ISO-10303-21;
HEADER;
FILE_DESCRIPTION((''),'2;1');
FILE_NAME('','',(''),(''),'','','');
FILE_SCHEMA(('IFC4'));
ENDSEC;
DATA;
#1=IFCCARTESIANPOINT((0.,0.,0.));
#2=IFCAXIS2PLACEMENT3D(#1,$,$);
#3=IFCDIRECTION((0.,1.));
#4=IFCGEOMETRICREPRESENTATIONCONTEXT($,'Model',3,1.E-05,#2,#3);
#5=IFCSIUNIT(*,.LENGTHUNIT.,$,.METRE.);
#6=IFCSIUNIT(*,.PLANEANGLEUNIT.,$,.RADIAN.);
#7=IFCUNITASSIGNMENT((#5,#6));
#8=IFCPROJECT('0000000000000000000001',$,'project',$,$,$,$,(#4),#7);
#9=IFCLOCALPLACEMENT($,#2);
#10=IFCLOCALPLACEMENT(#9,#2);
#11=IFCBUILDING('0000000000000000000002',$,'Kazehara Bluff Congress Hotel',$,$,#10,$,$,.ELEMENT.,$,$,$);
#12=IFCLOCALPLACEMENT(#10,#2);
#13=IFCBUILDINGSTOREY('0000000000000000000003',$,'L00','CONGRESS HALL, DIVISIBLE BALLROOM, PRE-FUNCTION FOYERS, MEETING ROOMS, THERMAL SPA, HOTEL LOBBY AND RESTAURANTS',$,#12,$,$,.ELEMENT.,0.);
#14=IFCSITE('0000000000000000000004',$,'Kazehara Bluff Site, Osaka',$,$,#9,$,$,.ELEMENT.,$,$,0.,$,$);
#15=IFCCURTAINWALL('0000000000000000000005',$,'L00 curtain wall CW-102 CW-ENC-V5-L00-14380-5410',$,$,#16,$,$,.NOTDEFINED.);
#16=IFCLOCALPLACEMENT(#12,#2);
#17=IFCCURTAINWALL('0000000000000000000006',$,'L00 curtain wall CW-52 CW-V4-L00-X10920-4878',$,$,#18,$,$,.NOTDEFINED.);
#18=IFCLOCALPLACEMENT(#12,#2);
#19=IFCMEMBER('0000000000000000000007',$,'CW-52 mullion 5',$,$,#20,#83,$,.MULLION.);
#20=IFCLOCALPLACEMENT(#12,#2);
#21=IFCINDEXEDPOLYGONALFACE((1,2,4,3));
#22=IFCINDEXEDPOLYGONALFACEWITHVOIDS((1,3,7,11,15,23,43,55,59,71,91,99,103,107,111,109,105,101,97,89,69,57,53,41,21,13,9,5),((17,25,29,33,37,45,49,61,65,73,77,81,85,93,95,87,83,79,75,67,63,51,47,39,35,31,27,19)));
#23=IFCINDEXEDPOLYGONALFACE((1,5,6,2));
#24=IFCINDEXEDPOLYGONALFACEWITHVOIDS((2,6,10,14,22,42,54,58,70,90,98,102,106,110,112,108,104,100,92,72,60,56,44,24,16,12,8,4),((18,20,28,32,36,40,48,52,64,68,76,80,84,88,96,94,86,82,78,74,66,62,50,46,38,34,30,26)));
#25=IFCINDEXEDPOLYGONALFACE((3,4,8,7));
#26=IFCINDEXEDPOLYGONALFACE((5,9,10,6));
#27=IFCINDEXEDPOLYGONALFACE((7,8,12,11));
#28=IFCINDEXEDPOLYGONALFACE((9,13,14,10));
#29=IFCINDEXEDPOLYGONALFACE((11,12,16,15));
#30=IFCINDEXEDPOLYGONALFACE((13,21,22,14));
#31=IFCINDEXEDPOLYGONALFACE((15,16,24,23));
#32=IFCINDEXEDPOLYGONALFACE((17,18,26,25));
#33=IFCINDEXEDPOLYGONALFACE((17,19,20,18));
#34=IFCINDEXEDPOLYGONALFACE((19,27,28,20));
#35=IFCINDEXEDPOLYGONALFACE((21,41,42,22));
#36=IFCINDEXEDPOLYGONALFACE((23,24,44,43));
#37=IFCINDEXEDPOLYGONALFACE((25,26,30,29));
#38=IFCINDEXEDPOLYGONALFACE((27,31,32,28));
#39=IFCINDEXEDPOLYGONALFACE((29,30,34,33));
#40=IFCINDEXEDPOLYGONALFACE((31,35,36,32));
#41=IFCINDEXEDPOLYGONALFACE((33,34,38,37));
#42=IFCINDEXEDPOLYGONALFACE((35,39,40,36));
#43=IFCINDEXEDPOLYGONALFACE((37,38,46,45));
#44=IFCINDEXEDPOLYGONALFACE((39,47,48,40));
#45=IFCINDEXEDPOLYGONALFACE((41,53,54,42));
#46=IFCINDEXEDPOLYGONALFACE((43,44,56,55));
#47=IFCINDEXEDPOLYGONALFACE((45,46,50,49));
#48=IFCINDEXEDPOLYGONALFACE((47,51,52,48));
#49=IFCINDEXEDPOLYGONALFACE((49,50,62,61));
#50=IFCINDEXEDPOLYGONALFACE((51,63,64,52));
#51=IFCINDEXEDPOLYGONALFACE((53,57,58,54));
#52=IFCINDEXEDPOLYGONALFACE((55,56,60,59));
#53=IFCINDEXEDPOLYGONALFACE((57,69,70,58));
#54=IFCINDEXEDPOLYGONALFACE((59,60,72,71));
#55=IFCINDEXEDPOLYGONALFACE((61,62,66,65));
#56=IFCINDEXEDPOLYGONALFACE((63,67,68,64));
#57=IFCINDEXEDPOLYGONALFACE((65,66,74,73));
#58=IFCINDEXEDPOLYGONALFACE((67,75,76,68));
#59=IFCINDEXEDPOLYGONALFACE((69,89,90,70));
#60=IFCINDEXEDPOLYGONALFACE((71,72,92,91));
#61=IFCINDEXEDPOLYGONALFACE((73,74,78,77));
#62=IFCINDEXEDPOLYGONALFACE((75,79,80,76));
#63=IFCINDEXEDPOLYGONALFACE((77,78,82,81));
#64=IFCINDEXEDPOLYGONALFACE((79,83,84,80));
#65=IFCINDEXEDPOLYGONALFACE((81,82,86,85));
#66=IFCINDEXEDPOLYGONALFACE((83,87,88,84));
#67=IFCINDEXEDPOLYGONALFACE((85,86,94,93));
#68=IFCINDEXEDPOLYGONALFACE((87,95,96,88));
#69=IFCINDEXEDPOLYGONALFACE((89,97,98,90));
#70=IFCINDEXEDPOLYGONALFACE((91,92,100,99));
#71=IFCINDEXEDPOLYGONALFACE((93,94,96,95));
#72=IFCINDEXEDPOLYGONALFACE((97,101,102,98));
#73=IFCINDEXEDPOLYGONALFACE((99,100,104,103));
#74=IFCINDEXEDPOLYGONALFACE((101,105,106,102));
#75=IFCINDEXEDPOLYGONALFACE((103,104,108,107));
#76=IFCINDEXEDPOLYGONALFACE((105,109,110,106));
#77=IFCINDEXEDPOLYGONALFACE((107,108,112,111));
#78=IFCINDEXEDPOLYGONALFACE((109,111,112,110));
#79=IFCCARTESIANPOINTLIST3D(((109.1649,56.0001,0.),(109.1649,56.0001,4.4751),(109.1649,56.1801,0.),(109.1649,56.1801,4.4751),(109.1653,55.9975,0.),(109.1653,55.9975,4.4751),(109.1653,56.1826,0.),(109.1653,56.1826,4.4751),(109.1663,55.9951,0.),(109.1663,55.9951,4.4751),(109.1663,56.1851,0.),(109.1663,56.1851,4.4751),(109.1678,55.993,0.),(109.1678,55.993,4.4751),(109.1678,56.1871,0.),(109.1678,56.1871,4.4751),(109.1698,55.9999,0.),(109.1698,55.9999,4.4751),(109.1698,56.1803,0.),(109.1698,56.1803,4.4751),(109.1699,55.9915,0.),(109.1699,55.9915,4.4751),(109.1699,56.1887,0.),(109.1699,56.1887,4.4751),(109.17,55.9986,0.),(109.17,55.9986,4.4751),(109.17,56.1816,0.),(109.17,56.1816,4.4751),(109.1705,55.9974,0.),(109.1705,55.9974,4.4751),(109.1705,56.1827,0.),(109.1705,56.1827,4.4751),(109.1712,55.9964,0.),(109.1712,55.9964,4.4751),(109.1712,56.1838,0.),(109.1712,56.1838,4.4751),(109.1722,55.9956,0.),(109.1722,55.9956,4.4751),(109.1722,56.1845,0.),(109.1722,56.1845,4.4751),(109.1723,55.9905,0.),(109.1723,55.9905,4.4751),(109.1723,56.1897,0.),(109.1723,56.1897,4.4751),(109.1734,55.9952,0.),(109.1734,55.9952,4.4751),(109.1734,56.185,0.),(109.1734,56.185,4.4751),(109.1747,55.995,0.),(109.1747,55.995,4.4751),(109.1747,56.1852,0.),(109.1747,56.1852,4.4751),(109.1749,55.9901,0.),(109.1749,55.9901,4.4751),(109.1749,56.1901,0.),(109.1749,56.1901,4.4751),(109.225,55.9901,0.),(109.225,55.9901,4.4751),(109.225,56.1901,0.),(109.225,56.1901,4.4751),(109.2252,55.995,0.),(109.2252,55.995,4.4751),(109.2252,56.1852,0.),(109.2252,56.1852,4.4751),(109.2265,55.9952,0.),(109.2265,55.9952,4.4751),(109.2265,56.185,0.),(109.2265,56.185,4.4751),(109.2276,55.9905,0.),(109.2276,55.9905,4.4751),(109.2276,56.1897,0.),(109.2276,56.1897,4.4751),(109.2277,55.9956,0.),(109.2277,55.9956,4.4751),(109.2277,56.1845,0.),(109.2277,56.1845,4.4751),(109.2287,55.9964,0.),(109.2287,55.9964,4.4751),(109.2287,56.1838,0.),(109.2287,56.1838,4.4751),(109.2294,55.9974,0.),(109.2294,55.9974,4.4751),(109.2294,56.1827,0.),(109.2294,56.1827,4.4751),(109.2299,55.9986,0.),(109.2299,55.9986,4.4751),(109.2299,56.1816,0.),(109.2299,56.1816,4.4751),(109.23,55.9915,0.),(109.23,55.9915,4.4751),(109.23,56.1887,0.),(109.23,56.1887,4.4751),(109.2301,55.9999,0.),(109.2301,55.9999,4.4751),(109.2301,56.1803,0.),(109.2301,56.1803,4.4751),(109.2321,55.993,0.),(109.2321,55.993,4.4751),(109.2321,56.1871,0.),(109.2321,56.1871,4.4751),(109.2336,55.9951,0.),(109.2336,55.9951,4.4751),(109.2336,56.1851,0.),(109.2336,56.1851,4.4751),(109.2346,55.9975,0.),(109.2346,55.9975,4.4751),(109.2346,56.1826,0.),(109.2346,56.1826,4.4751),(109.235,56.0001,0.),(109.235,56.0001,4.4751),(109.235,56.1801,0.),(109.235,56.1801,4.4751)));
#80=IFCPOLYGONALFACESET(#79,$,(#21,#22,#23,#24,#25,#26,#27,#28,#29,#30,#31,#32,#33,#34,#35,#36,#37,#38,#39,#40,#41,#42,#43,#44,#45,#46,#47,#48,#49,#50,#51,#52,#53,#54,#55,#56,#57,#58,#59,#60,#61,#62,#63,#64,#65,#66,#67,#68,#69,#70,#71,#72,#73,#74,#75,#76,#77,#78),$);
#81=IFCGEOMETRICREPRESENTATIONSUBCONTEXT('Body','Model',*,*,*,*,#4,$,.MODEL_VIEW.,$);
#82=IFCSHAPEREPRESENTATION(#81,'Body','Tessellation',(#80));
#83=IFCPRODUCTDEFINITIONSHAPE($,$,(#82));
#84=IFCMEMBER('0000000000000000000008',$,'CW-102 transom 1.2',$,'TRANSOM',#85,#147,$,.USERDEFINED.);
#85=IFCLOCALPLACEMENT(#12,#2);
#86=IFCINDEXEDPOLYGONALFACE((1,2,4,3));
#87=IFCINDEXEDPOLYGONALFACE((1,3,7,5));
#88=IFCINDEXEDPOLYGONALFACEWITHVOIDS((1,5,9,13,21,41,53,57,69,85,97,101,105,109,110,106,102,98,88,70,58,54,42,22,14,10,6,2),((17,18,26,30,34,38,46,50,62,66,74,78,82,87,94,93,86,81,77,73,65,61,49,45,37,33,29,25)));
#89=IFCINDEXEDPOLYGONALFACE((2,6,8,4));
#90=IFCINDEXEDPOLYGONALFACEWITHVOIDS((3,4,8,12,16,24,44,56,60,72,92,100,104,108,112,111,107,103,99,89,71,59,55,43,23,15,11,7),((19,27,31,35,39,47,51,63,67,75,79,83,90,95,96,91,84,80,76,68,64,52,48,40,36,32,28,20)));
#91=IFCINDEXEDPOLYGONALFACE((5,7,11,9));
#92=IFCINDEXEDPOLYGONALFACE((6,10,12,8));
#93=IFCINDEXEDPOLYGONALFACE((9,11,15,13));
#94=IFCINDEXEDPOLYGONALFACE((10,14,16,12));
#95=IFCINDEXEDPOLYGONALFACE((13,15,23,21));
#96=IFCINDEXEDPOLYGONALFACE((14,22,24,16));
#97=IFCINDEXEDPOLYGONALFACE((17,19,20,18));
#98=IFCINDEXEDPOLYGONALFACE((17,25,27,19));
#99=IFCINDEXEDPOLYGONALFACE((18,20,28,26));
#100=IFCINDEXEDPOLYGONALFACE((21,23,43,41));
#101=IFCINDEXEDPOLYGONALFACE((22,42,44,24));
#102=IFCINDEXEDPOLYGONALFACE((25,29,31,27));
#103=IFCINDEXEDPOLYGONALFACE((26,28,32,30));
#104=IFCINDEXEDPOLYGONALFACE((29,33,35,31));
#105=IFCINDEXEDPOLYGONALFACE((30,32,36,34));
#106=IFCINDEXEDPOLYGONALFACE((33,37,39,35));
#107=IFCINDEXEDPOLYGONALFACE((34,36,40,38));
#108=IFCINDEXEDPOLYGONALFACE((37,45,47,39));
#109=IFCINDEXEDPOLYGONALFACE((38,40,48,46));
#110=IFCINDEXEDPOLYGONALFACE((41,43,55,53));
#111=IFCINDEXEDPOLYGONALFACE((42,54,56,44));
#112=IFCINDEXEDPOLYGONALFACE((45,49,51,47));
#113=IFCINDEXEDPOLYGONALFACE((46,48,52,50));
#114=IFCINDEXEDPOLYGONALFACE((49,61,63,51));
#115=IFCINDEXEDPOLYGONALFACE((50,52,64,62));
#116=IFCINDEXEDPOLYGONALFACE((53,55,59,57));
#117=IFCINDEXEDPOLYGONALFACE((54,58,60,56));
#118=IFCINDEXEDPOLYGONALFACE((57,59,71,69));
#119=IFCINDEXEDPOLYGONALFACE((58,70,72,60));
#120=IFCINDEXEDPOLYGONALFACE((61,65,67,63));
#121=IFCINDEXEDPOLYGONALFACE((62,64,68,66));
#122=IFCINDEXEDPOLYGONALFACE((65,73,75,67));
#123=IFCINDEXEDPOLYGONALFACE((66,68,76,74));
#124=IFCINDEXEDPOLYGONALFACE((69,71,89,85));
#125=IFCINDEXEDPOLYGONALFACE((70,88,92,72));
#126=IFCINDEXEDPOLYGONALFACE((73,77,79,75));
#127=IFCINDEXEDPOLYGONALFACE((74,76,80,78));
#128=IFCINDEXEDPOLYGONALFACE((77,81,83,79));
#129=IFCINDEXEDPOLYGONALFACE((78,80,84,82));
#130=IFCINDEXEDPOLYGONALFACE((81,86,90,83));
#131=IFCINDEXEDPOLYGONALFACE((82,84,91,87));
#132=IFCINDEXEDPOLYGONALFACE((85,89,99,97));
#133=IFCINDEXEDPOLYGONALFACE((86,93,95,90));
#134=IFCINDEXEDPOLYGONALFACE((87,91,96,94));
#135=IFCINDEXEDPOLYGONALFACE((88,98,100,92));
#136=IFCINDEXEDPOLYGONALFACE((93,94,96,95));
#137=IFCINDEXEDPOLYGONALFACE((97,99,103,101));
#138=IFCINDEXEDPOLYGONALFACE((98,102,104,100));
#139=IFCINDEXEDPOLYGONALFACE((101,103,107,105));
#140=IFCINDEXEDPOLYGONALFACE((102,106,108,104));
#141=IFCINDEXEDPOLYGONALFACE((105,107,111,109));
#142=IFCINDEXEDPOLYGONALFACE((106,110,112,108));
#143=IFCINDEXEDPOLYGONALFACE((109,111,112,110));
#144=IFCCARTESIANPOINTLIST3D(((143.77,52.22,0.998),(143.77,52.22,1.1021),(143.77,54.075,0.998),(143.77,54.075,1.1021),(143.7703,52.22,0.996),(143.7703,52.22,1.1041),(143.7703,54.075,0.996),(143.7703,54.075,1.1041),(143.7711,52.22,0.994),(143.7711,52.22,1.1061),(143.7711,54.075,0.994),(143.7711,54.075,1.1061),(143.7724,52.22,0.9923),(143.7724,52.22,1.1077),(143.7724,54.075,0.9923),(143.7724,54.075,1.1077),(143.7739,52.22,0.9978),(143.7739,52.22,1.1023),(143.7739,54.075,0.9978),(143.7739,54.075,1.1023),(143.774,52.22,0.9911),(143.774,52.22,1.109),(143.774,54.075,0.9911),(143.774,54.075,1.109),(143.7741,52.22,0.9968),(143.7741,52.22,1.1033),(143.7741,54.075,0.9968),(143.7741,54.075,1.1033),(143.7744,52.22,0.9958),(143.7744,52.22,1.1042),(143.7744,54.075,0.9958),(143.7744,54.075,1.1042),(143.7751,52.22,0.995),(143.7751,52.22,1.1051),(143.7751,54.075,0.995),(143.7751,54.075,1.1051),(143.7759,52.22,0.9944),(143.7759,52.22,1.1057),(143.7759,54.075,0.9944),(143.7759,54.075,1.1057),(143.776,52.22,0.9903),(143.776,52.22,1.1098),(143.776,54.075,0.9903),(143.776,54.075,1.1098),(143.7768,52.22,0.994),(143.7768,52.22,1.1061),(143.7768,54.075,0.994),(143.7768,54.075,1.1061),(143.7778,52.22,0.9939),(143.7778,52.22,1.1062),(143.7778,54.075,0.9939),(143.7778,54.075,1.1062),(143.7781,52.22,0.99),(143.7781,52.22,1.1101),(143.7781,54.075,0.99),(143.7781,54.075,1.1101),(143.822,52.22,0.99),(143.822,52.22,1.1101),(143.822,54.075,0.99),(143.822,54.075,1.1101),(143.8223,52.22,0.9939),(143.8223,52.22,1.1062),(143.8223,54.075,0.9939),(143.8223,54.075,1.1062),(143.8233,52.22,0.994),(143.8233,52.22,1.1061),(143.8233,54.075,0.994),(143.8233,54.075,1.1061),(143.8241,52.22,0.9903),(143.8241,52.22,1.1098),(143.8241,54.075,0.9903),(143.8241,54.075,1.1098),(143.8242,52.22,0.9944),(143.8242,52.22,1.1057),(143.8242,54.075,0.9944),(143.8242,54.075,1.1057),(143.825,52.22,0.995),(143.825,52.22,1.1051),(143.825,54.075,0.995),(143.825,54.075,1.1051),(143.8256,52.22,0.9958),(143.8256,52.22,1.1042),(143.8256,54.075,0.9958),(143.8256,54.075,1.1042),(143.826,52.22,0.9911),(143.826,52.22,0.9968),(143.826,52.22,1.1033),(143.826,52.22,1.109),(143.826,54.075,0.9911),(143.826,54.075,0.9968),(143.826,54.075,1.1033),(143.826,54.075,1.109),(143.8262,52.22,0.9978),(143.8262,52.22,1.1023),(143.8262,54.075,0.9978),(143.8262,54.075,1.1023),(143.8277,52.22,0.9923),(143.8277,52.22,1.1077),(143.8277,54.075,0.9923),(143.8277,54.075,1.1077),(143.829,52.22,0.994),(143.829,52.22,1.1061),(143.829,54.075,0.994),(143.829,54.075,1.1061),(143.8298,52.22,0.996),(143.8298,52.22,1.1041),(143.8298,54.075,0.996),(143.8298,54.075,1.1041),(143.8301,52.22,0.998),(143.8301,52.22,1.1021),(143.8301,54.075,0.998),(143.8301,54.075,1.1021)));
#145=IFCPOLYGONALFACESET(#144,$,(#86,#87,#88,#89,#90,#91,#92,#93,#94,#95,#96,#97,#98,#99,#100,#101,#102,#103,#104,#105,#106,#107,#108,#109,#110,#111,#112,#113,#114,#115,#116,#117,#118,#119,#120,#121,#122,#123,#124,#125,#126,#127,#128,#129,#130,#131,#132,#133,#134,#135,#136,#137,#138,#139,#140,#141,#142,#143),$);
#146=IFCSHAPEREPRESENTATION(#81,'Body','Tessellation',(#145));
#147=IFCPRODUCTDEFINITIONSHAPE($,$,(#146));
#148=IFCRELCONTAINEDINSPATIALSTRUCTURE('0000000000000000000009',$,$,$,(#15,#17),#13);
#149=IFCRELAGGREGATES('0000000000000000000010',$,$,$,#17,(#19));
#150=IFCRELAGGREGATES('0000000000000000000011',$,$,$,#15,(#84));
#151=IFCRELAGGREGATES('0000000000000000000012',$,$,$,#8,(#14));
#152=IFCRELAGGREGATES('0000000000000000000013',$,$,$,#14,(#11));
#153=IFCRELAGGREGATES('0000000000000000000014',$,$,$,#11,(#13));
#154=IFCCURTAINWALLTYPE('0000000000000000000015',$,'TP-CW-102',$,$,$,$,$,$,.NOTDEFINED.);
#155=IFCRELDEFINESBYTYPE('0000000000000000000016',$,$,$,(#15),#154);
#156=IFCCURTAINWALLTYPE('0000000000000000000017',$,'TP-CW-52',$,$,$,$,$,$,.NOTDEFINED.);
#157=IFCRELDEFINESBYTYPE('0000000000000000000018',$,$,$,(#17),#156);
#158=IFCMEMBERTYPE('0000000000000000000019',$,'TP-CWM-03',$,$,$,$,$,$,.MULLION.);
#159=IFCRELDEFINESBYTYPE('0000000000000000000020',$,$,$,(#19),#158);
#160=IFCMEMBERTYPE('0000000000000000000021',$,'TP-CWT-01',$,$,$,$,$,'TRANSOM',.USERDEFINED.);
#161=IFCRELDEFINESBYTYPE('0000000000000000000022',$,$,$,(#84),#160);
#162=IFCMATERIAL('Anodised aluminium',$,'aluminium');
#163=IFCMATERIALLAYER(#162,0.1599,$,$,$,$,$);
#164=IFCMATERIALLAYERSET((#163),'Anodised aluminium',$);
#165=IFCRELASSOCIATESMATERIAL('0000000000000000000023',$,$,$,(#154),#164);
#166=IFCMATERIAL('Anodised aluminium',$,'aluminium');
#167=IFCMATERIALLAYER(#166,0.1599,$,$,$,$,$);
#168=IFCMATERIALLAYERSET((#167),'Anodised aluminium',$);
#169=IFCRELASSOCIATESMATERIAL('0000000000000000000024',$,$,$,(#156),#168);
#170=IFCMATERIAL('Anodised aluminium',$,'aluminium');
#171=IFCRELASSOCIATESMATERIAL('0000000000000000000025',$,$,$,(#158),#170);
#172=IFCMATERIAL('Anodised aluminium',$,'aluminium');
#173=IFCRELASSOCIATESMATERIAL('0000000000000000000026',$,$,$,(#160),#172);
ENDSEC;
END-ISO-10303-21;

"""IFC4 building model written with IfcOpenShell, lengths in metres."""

from ifc_helpers import new_model, si_unit, direction, frame, origin, origin_2d, place, context, subcontext, project, spatial, hollow_rectangle, extrude, material, layer, layer_set, material_profile, profile_set, type_object, element, aggregate, save


model = new_model("IFC4")

# Units and contexts
model_context = context("Model", 3, precision=1e-05, world=origin(), true_north=direction((0.0, 1.0)))
body_context = subcontext(model_context, "Body", "Model", "MODEL_VIEW")
ifc_project = project(units=[si_unit("LENGTHUNIT", "METRE"), si_unit("PLANEANGLEUNIT", "RADIAN")], contexts=[model_context])

# Site, building, storey
site_placement = place(None, origin())
site = spatial("IfcSite", under=ifc_project, at=site_placement, Name="Kazehara Bluff Site, Osaka", CompositionType="ELEMENT", RefElevation=0.0)
building_placement = place(site_placement, origin())
building = spatial("IfcBuilding", under=site, at=building_placement, Name="Kazehara Bluff Congress Hotel", CompositionType="ELEMENT")
storey_placement = place(building_placement, origin())
storey = spatial("IfcBuildingStorey", under=building, at=storey_placement, Name="L00", Description="CONGRESS HALL, DIVISIBLE BALLROOM, PRE-FUNCTION FOYERS, MEETING ROOMS, THERMAL SPA, HOTEL LOBBY AND RESTAURANTS", CompositionType="ELEMENT", Elevation=0.0)

# Curtain walls, member
ifc_material_1 = material(Name="Anodised aluminium", Category="aluminium")
ifc_layer_1 = layer(ifc_material_1, 0.1599)
ifc_layer_set_1 = layer_set([ifc_layer_1], Name="Anodised aluminium")
curtain_wall_type_1 = type_object("IfcCurtainWallType", Name="TP-CW-102", PredefinedType="NOTDEFINED", material=ifc_layer_set_1)
curtain_wall_1_placement = place(storey_placement, origin())
curtain_wall_1 = element("IfcCurtainWall", 1, at=curtain_wall_1_placement, inside=storey, type_object=curtain_wall_type_1, Name="L00 curtain wall CW-102 CW-ENC-V5-L00-14380-5410", PredefinedType="NOTDEFINED")
ifc_material_2 = material(Name="Anodised aluminium", Category="aluminium")
ifc_layer_2 = layer(ifc_material_2, 0.1599)
ifc_layer_set_2 = layer_set([ifc_layer_2], Name="Anodised aluminium")
curtain_wall_type_2 = type_object("IfcCurtainWallType", Name="TP-CW-52", PredefinedType="NOTDEFINED", material=ifc_layer_set_2)
curtain_wall_2_placement = place(storey_placement, origin())
curtain_wall_2 = element("IfcCurtainWall", 2, at=curtain_wall_2_placement, inside=storey, type_object=curtain_wall_type_2, Name="L00 curtain wall CW-52 CW-V4-L00-X10920-4878", PredefinedType="NOTDEFINED")
ifc_material_3 = material(Name="Anodised aluminium", Category="aluminium")
ifc_material_profile_1 = material_profile(ifc_material_3, hollow_rectangle(XDim=0.0701, YDim=0.2, WallThickness=0.0049, InnerFilletRadius=0.0049, OuterFilletRadius=0.01, at=origin_2d()))
ifc_profile_set_1 = profile_set([ifc_material_profile_1], Name="Anodised aluminium")
member_type_1 = type_object("IfcMemberType", Name="TP-CWM-03", PredefinedType="MULLION", material=ifc_profile_set_1)
member_1_placement = place(storey_placement, frame((109.2, 56.0901, 0.0), z_axis=(0.0, 0.0, 1.0), x_axis=(-1.0, 0.0, 0.0)))
member_1 = element("IfcMember", 3, at=member_1_placement, type_object=member_type_1, Name="CW-52 mullion 5", PredefinedType="MULLION", context=body_context, shape_type="SweptSolid", body=[
    extrude(hollow_rectangle(XDim=0.0701, YDim=0.2, WallThickness=0.0049, InnerFilletRadius=0.0049, OuterFilletRadius=0.01, at=origin_2d()), origin(), (0.0, 0.0, 1.0), 4.4751),
])

# Member
ifc_material_4 = material(Name="Anodised aluminium", Category="aluminium")
ifc_material_profile_2 = material_profile(ifc_material_4, hollow_rectangle(XDim=0.0601, YDim=0.1201, WallThickness=0.0039, InnerFilletRadius=0.0039, OuterFilletRadius=0.0081, at=origin_2d()))
ifc_profile_set_2 = profile_set([ifc_material_profile_2], Name="Anodised aluminium")
member_type_2 = type_object("IfcMemberType", Name="TP-CWT-01", ElementType="TRANSOM", PredefinedType="USERDEFINED", material=ifc_profile_set_2)
member_2_placement = place(storey_placement, frame((143.8, 52.22, 1.05), z_axis=(0.0, 1.0, 0.0), x_axis=(-1.0, 0.0, 0.0)))
member_2 = element("IfcMember", 4, at=member_2_placement, type_object=member_type_2, Name="CW-102 transom 1.2", ObjectType="TRANSOM", PredefinedType="USERDEFINED", context=body_context, shape_type="SweptSolid", body=[
    extrude(hollow_rectangle(XDim=0.0601, YDim=0.1201, WallThickness=0.0039, InnerFilletRadius=0.0039, OuterFilletRadius=0.0081, at=origin_2d()), origin(), (0.0, 0.0, 1.0), 1.855),
])

aggregate(curtain_wall_2, [member_1])
aggregate(curtain_wall_1, [member_2])

save(model, "model.ifc")
